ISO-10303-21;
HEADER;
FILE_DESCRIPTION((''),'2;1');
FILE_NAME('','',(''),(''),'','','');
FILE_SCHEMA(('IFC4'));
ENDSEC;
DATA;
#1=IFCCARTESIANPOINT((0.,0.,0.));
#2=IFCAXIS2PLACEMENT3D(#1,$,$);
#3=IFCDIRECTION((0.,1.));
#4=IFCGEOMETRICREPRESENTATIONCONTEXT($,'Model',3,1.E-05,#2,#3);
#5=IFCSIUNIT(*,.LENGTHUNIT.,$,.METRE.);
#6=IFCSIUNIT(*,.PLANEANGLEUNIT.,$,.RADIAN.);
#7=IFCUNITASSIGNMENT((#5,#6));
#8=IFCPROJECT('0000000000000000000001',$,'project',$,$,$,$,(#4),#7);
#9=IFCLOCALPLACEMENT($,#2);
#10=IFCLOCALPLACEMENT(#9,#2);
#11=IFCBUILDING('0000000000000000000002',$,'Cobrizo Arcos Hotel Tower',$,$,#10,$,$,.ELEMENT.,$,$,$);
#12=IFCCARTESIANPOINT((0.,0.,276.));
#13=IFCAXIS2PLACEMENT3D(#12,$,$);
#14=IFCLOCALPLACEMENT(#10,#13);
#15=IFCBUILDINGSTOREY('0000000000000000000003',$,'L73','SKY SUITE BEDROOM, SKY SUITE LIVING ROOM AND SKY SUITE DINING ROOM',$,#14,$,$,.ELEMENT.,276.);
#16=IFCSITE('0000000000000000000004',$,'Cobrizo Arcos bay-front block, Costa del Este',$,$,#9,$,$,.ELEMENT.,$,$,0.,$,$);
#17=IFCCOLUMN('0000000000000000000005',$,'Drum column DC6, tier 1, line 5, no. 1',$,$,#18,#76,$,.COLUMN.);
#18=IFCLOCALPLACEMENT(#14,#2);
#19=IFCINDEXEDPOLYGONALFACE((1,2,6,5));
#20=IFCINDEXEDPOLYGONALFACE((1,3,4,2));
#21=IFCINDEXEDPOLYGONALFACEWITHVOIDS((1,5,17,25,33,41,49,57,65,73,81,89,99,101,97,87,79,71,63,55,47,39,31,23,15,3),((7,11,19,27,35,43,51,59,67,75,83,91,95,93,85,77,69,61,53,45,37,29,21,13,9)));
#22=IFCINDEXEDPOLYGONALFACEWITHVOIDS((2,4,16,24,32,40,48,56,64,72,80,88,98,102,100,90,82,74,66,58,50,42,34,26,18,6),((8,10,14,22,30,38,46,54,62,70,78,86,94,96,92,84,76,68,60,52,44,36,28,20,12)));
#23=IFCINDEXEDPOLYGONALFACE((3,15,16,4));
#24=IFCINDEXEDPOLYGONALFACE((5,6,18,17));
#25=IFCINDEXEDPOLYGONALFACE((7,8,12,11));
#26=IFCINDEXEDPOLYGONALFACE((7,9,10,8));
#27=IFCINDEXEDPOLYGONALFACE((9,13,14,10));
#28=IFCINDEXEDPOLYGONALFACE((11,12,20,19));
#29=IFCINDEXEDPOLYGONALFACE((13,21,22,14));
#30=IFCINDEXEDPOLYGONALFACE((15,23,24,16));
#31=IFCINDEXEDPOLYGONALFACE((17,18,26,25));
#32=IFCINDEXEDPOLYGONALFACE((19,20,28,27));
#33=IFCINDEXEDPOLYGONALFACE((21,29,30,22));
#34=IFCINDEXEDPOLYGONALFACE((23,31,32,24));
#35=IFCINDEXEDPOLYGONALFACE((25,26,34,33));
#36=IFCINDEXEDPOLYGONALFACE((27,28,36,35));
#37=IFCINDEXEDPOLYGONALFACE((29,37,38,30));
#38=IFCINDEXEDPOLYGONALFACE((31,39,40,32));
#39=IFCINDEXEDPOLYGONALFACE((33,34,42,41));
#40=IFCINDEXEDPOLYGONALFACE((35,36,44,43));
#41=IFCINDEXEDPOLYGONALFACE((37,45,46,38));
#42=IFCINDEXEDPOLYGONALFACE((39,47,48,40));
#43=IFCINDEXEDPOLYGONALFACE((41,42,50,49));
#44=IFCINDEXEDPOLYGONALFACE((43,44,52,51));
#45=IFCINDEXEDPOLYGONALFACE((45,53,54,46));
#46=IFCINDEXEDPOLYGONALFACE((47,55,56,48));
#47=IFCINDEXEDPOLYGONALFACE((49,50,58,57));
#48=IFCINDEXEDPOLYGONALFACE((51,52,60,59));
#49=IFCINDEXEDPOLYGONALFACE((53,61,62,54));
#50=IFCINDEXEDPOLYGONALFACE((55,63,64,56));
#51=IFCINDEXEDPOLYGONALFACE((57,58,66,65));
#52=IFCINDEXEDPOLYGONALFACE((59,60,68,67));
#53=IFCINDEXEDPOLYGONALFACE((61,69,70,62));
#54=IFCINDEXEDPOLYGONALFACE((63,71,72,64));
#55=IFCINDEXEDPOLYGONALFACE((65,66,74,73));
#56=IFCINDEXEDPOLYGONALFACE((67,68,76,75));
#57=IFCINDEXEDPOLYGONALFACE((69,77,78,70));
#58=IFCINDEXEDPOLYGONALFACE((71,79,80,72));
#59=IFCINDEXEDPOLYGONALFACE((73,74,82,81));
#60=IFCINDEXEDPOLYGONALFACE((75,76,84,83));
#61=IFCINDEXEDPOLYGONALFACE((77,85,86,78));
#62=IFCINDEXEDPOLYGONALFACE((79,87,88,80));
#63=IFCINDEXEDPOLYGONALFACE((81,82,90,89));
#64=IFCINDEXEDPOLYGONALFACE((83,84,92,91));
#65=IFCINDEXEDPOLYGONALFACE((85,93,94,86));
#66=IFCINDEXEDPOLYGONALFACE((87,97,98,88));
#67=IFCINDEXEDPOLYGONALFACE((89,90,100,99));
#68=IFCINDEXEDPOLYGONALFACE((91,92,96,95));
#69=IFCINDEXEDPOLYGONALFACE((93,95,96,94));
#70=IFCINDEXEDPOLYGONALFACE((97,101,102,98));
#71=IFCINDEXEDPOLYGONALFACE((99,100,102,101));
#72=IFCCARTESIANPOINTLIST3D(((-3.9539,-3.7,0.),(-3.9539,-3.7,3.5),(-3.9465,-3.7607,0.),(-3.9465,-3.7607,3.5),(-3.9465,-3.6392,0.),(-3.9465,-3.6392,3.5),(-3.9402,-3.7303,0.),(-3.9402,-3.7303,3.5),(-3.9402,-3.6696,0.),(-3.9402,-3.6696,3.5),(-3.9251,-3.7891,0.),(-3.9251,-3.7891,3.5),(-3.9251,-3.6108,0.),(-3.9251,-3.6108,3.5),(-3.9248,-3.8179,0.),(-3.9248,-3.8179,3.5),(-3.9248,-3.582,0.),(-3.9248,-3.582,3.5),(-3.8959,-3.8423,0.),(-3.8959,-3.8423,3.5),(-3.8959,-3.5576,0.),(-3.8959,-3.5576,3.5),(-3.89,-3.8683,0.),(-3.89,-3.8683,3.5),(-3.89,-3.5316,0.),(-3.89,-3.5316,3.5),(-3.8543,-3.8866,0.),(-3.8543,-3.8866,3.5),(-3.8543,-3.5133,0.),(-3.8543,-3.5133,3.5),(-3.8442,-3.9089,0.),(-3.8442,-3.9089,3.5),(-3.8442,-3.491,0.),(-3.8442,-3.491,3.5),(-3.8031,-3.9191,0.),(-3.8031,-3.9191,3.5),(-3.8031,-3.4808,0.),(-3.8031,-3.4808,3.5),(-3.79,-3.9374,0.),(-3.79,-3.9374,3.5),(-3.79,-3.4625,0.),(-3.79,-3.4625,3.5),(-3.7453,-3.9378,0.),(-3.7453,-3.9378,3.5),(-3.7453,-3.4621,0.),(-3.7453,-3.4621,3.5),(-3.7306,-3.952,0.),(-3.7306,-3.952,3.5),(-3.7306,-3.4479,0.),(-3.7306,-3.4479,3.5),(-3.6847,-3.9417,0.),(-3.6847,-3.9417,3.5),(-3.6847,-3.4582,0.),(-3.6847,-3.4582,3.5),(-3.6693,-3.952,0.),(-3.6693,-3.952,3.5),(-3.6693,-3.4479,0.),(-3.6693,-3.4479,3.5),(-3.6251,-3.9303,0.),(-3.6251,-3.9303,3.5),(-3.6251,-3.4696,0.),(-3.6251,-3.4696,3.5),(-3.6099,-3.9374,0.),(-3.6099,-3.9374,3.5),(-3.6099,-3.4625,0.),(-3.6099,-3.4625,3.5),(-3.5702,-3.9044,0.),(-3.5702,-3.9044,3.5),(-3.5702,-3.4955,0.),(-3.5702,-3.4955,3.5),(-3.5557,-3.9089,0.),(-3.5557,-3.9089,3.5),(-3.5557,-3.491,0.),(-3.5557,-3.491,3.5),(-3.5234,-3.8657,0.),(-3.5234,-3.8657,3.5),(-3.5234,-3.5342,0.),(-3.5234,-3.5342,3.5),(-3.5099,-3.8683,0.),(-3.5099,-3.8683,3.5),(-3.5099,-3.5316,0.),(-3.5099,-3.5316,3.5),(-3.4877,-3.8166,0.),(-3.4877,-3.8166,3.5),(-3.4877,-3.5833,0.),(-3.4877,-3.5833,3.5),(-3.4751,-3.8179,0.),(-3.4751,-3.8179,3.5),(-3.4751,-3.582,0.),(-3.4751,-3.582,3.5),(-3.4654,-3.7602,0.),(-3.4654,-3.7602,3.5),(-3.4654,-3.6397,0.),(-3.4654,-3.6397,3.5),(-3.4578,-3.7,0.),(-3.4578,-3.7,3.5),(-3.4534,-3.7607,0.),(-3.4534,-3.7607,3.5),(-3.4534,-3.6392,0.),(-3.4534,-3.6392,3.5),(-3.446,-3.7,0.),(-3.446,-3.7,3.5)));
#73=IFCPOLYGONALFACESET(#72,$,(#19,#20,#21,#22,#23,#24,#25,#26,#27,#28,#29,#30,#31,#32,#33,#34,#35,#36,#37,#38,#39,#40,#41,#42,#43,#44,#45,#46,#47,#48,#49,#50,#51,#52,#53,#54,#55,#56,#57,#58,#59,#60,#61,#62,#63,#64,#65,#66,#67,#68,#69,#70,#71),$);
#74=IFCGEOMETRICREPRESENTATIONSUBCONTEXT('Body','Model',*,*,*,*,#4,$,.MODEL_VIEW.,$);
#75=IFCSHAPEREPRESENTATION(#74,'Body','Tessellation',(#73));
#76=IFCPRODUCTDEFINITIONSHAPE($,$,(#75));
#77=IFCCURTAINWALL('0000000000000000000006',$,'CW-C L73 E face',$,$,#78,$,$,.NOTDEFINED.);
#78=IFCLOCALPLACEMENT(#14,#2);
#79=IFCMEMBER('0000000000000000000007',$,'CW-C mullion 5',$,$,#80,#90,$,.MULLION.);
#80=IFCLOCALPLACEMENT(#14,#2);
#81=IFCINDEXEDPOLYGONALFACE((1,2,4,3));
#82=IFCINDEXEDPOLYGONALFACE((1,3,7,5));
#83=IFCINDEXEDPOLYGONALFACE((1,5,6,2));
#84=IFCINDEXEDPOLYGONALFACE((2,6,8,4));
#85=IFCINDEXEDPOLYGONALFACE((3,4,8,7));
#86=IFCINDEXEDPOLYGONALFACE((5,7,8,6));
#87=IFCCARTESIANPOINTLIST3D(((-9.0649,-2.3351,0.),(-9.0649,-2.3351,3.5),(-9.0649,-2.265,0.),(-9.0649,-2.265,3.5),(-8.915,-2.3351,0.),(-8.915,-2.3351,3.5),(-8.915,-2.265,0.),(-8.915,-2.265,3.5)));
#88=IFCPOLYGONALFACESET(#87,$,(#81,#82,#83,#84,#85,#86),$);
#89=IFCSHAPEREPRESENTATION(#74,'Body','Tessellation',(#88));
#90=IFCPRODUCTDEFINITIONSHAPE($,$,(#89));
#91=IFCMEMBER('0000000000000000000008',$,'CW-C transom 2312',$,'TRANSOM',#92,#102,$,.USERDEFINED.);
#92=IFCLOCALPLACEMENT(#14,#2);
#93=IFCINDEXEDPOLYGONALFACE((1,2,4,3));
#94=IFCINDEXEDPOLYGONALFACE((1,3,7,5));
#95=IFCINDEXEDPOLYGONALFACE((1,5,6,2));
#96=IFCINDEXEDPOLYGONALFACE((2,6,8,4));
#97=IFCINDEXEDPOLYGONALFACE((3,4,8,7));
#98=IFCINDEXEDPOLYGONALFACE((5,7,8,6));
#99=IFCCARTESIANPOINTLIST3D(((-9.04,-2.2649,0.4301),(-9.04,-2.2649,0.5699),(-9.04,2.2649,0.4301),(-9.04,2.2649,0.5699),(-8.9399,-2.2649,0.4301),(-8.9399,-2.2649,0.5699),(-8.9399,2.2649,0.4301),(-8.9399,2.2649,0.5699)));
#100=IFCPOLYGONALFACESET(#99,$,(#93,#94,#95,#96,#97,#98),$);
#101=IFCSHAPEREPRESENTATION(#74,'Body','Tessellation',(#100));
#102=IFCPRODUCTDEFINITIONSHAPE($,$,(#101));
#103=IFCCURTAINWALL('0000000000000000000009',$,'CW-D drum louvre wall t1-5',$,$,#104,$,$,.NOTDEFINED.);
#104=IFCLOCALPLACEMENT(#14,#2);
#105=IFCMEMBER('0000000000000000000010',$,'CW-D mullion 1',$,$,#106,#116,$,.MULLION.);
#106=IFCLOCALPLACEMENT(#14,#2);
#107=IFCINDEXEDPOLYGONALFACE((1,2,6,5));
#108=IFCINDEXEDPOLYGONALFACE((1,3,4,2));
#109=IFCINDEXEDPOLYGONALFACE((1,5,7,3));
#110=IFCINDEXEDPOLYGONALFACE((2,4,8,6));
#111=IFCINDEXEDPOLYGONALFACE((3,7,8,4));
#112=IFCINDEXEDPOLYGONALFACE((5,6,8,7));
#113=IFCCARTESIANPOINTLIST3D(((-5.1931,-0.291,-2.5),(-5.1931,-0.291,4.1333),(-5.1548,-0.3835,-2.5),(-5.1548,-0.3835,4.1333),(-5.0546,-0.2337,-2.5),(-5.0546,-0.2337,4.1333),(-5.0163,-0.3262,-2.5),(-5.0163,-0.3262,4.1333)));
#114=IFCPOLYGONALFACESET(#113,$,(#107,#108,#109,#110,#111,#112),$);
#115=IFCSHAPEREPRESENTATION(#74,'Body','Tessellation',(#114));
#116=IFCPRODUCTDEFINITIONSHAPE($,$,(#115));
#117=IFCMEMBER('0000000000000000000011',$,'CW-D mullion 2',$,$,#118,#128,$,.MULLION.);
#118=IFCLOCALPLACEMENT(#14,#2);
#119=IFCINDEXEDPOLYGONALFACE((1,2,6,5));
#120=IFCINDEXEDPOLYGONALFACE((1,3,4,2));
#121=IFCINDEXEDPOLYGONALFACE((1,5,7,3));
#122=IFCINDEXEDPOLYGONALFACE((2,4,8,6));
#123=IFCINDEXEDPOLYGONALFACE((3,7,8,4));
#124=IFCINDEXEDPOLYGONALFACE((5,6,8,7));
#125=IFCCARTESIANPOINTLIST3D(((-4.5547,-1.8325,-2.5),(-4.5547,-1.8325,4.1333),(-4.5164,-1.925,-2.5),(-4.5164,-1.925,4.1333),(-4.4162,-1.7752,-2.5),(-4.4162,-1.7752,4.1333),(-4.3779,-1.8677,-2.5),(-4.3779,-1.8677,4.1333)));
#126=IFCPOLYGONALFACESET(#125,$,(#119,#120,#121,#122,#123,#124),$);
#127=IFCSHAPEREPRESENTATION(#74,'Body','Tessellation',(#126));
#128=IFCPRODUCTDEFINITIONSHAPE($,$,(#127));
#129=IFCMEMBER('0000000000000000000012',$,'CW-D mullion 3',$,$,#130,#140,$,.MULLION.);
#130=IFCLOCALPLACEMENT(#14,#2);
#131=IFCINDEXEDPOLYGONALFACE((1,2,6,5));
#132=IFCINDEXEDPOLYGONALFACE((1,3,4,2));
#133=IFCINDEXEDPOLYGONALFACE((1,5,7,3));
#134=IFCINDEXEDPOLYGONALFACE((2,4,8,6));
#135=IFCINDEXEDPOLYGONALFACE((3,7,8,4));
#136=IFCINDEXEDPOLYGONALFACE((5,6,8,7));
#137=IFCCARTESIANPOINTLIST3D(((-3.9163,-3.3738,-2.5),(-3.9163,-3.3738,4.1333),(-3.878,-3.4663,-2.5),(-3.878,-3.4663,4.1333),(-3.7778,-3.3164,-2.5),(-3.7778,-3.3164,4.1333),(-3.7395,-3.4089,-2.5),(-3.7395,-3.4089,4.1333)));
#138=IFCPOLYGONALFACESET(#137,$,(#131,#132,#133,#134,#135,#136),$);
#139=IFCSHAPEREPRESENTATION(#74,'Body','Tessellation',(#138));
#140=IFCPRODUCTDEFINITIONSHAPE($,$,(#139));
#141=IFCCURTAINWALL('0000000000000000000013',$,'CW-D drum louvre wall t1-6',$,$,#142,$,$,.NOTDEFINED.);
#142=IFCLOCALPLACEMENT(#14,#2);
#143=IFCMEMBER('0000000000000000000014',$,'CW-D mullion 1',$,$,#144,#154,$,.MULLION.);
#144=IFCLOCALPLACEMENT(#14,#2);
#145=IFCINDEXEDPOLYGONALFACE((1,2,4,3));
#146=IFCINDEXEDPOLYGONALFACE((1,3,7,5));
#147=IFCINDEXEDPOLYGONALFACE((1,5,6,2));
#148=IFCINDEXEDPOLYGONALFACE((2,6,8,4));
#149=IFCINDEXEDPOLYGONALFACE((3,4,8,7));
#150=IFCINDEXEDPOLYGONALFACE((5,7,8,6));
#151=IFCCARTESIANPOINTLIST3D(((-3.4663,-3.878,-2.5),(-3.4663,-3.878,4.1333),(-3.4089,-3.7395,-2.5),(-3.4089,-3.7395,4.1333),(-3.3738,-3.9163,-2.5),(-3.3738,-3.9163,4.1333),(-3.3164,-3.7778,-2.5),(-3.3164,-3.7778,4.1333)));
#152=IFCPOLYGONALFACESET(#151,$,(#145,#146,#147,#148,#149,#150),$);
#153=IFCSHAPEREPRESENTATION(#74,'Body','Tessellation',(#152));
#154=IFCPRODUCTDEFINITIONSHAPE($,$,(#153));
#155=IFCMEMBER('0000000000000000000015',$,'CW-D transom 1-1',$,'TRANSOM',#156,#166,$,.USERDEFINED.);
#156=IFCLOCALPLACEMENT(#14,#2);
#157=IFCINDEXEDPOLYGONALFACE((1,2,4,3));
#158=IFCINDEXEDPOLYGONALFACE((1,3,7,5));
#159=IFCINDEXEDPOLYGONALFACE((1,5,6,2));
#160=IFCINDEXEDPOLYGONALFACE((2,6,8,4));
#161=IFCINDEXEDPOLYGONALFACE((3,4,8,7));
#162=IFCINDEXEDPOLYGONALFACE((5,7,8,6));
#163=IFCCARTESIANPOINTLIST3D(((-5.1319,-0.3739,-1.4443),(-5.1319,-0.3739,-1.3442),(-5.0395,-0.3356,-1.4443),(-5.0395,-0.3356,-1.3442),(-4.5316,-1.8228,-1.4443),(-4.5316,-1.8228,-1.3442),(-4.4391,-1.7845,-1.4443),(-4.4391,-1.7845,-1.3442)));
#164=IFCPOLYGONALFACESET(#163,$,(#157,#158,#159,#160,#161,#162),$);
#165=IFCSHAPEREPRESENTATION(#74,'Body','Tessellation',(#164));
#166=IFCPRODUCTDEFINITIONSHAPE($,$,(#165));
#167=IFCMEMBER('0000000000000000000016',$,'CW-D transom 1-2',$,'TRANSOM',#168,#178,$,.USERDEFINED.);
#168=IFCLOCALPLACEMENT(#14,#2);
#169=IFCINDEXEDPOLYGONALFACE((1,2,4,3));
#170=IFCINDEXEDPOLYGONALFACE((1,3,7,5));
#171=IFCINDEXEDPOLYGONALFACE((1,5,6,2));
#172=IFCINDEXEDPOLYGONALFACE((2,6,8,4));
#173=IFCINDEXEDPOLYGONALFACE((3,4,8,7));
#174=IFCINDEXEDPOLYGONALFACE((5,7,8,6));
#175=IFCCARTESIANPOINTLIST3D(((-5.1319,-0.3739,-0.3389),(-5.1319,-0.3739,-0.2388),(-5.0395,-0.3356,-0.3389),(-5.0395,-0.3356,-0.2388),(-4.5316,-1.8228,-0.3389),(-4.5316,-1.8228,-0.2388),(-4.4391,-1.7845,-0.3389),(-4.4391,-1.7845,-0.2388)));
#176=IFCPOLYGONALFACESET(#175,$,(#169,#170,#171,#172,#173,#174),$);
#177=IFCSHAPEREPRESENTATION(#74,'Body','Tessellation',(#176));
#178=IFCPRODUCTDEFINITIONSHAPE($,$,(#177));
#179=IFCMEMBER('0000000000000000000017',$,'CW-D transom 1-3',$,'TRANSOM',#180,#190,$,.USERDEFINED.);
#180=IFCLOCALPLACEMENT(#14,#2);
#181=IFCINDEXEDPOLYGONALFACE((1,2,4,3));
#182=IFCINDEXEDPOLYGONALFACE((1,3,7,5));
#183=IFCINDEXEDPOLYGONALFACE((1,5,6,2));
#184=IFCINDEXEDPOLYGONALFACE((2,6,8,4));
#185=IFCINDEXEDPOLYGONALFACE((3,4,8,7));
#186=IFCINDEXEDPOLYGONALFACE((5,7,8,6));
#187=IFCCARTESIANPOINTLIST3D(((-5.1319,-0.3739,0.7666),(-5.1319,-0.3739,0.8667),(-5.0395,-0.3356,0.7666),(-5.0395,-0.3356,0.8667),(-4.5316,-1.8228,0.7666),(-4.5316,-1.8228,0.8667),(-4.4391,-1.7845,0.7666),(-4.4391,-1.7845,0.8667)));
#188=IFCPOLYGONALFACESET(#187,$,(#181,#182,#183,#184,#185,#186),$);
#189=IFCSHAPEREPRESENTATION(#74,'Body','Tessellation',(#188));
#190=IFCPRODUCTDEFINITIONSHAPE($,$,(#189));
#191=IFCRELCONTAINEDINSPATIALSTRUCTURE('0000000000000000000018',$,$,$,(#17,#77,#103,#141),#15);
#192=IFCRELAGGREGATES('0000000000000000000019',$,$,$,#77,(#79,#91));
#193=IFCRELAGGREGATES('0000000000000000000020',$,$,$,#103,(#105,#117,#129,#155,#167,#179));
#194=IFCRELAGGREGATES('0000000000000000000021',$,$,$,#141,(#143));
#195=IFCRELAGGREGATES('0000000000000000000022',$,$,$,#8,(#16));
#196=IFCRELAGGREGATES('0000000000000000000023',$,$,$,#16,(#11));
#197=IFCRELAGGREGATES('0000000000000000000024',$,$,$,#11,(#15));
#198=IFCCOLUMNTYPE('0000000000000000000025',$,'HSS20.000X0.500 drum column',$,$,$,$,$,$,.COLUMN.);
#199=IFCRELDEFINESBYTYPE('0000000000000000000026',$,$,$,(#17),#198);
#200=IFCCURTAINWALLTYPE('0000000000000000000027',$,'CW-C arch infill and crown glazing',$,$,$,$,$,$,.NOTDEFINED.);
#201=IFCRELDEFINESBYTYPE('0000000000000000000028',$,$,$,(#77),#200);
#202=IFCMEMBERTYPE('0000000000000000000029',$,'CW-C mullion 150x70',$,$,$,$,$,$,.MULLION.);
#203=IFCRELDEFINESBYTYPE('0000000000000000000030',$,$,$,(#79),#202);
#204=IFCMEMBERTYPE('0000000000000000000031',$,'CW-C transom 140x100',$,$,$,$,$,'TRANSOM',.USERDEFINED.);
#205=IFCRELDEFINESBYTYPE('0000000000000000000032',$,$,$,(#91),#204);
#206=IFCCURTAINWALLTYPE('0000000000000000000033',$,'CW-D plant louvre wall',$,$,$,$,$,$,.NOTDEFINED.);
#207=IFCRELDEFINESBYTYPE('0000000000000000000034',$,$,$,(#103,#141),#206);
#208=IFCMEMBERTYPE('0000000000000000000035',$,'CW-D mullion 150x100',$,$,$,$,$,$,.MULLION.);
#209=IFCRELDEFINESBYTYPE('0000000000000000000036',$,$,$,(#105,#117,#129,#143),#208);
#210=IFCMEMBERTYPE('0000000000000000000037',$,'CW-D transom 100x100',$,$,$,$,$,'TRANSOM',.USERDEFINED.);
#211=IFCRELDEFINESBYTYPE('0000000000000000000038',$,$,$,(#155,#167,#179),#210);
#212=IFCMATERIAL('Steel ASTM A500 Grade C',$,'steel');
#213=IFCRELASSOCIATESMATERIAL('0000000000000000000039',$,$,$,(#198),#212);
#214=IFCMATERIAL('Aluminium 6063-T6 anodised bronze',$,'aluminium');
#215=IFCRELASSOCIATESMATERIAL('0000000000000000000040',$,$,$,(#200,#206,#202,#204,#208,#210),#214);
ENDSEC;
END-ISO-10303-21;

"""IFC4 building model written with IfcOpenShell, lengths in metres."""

from ifc_helpers import new_model, si_unit, direction, frame, origin, origin_2d, place, context, subcontext, project, spatial, rectangle, hollow_circle, extrude, material, material_profile, profile_set, type_object, element, aggregate, save


model = new_model("IFC4")

# Units and contexts
model_context = context("Model", 3, precision=1e-05, world=origin(), true_north=direction((0.0, 1.0)))
body_context = subcontext(model_context, "Body", "Model", "MODEL_VIEW")
ifc_project = project(units=[si_unit("LENGTHUNIT", "METRE"), si_unit("PLANEANGLEUNIT", "RADIAN")], contexts=[model_context])

# Site, building, storey
site_placement = place(None, origin())
site = spatial("IfcSite", under=ifc_project, at=site_placement, Name="Cobrizo Arcos bay-front block, Costa del Este", CompositionType="ELEMENT", RefElevation=0.0)
building_placement = place(site_placement, origin())
building = spatial("IfcBuilding", under=site, at=building_placement, Name="Cobrizo Arcos Hotel Tower", CompositionType="ELEMENT")
storey_placement = place(building_placement, frame((0.0, 0.0, 276.0)))
storey = spatial("IfcBuildingStorey", under=building, at=storey_placement, Name="L73", Description="SKY SUITE BEDROOM, SKY SUITE LIVING ROOM AND SKY SUITE DINING ROOM", CompositionType="ELEMENT", Elevation=276.0)

# Column
ifc_material_1 = material(Name="Steel ASTM A500 Grade C", Category="steel")
ifc_material_profile_1 = material_profile(ifc_material_1, hollow_circle(Radius=0.2539, WallThickness=0.0117, at=origin_2d()), Name="HSS20.000X0.500")
ifc_profile_set_1 = profile_set([ifc_material_profile_1], Name="Steel ASTM A500 Grade C")
column_type = type_object("IfcColumnType", Name="HSS20.000X0.500 drum column", PredefinedType="COLUMN", material=ifc_profile_set_1)
column_placement = place(storey_placement, frame((-3.7, -3.7, 0.0), z_axis=(0.0, 0.0, 1.0), x_axis=(1.0, 0.0, 0.0)))
element("IfcColumn", 1, at=column_placement, inside=storey, type_object=column_type, Name="Drum column DC6, tier 1, line 5, no. 1", PredefinedType="COLUMN", context=body_context, shape_type="SweptSolid", body=[
    extrude(hollow_circle(Radius=0.2539, WallThickness=0.0117, at=origin_2d()), origin(), (0.0, 0.0, 1.0), 3.5),
])

# Curtain walls, members
ifc_material_2 = material(Name="Aluminium 6063-T6 anodised bronze", Category="aluminium")
curtain_wall_type_1 = type_object("IfcCurtainWallType", Name="CW-C arch infill and crown glazing", PredefinedType="NOTDEFINED", material=ifc_material_2)
curtain_wall_1_placement = place(storey_placement, origin())
curtain_wall_1 = element("IfcCurtainWall", 2, at=curtain_wall_1_placement, inside=storey, type_object=curtain_wall_type_1, Name="CW-C L73 E face", PredefinedType="NOTDEFINED")
ifc_material_profile_2 = material_profile(ifc_material_2, rectangle(XDim=0.1499, YDim=0.0701, at=origin_2d()), Name="CW-C mullion 150x70")
ifc_profile_set_2 = profile_set([ifc_material_profile_2], Name="Aluminium 6063-T6 anodised bronze")
member_type_1 = type_object("IfcMemberType", Name="CW-C mullion 150x70", PredefinedType="MULLION", material=ifc_profile_set_2)
member_1_placement = place(storey_placement, frame((-8.99, -2.3, 0.0), z_axis=(0.0, 0.0, 1.0), x_axis=(1.0, 0.0, 0.0)))
member_1 = element("IfcMember", 3, at=member_1_placement, type_object=member_type_1, Name="CW-C mullion 5", PredefinedType="MULLION", context=body_context, shape_type="SweptSolid", body=[
    extrude(rectangle(XDim=0.1499, YDim=0.0701, at=origin_2d()), origin(), (0.0, 0.0, 1.0), 3.5),
])
ifc_material_profile_3 = material_profile(ifc_material_2, rectangle(XDim=0.1001, YDim=0.1399, at=origin_2d()), Name="CW-C transom 140x100")
ifc_profile_set_3 = profile_set([ifc_material_profile_3], Name="Aluminium 6063-T6 anodised bronze")
member_type_2 = type_object("IfcMemberType", Name="CW-C transom 140x100", ElementType="TRANSOM", PredefinedType="USERDEFINED", material=ifc_profile_set_3)
member_2_placement = place(storey_placement, frame((-8.99, -2.2649, 0.5), z_axis=(0.0, 1.0, 0.0), x_axis=(-1.0, 0.0, 0.0)))
member_2 = element("IfcMember", 4, at=member_2_placement, type_object=member_type_2, Name="CW-C transom 2312", ObjectType="TRANSOM", PredefinedType="USERDEFINED", context=body_context, shape_type="SweptSolid", body=[
    extrude(rectangle(XDim=0.1001, YDim=0.1399, at=origin_2d()), origin(), (0.0, 0.0, 1.0), 4.5298),
])
aggregate(curtain_wall_1, [member_1, member_2])
curtain_wall_type_2 = type_object("IfcCurtainWallType", Name="CW-D plant louvre wall", PredefinedType="NOTDEFINED", material=ifc_material_2)
curtain_wall_2_placement = place(storey_placement, origin())
curtain_wall_2 = element("IfcCurtainWall", 5, at=curtain_wall_2_placement, inside=storey, type_object=curtain_wall_type_2, Name="CW-D drum louvre wall t1-5", PredefinedType="NOTDEFINED")
ifc_material_profile_4 = material_profile(ifc_material_2, rectangle(XDim=0.1499, YDim=0.1001, at=origin_2d()), Name="CW-D mullion 150x100")
ifc_profile_set_4 = profile_set([ifc_material_profile_4], Name="Aluminium 6063-T6 anodised bronze")
member_type_3 = type_object("IfcMemberType", Name="CW-D mullion 150x100", PredefinedType="MULLION", material=ifc_profile_set_4)
member_3_placement = place(storey_placement, frame((-5.1047, -0.3086, -2.5), z_axis=(0.0, 0.0, 1.0), x_axis=(-0.92388, -0.382683, 0.0)))
member_3 = element("IfcMember", 6, at=member_3_placement, type_object=member_type_3, Name="CW-D mullion 1", PredefinedType="MULLION", context=body_context, shape_type="SweptSolid", body=[
    extrude(rectangle(XDim=0.1499, YDim=0.1001, at=origin_2d()), origin(), (0.0, 0.0, 1.0), 6.6333),
])
member_4_placement = place(storey_placement, frame((-4.4663, -1.8501, -2.5), z_axis=(0.0, 0.0, 1.0), x_axis=(-0.92388, -0.382683, 0.0)))
member_4 = element("IfcMember", 7, at=member_4_placement, type_object=member_type_3, Name="CW-D mullion 2", PredefinedType="MULLION", context=body_context, shape_type="SweptSolid", body=[
    extrude(rectangle(XDim=0.1499, YDim=0.1001, at=origin_2d()), origin(), (0.0, 0.0, 1.0), 6.6333),
])
member_5_placement = place(storey_placement, frame((-3.8279, -3.3914, -2.5), z_axis=(0.0, 0.0, 1.0), x_axis=(-0.92388, -0.382683, 0.0)))
member_5 = element("IfcMember", 8, at=member_5_placement, type_object=member_type_3, Name="CW-D mullion 3", PredefinedType="MULLION", context=body_context, shape_type="SweptSolid", body=[
    extrude(rectangle(XDim=0.1499, YDim=0.1001, at=origin_2d()), origin(), (0.0, 0.0, 1.0), 6.6333),
])

# Curtain wall, member
curtain_wall_3_placement = place(storey_placement, origin())
curtain_wall_3 = element("IfcCurtainWall", 9, at=curtain_wall_3_placement, inside=storey, type_object=curtain_wall_type_2, Name="CW-D drum louvre wall t1-6", PredefinedType="NOTDEFINED")
member_6_placement = place(storey_placement, frame((-3.3914, -3.8279, -2.5), z_axis=(0.0, 0.0, 1.0), x_axis=(-0.382683, -0.92388, 0.0)))
member_6 = element("IfcMember", 10, at=member_6_placement, type_object=member_type_3, Name="CW-D mullion 1", PredefinedType="MULLION", context=body_context, shape_type="SweptSolid", body=[
    extrude(rectangle(XDim=0.1499, YDim=0.1001, at=origin_2d()), origin(), (0.0, 0.0, 1.0), 6.6333),
])

# Members
ifc_material_profile_5 = material_profile(ifc_material_2, rectangle(XDim=0.1001, YDim=0.1001, at=origin_2d()), Name="CW-D transom 100x100")
ifc_profile_set_5 = profile_set([ifc_material_profile_5], Name="Aluminium 6063-T6 anodised bronze")
member_type_4 = type_object("IfcMemberType", Name="CW-D transom 100x100", ElementType="TRANSOM", PredefinedType="USERDEFINED", material=ifc_profile_set_5)
member_7_placement = place(storey_placement, frame((-5.0857, -0.3547, -1.3943), z_axis=(0.382769, -0.923844, 0.0), x_axis=(0.923844, 0.382769, 0.0)))
member_7 = element("IfcMember", 11, at=member_7_placement, type_object=member_type_4, Name="CW-D transom 1-1", ObjectType="TRANSOM", PredefinedType="USERDEFINED", context=body_context, shape_type="SweptSolid", body=[
    extrude(rectangle(XDim=0.1001, YDim=0.1001, at=origin_2d()), origin(), (0.0, 0.0, 1.0), 1.5684),
])
member_8_placement = place(storey_placement, frame((-5.0857, -0.3547, -0.2888), z_axis=(0.382769, -0.923844, 0.0), x_axis=(0.923844, 0.382769, 0.0)))
member_8 = element("IfcMember", 12, at=member_8_placement, type_object=member_type_4, Name="CW-D transom 1-2", ObjectType="TRANSOM", PredefinedType="USERDEFINED", context=body_context, shape_type="SweptSolid", body=[
    extrude(rectangle(XDim=0.1001, YDim=0.1001, at=origin_2d()), origin(), (0.0, 0.0, 1.0), 1.5684),
])
member_9_placement = place(storey_placement, frame((-5.0857, -0.3547, 0.8167), z_axis=(0.382769, -0.923844, 0.0), x_axis=(0.923844, 0.382769, 0.0)))
member_9 = element("IfcMember", 13, at=member_9_placement, type_object=member_type_4, Name="CW-D transom 1-3", ObjectType="TRANSOM", PredefinedType="USERDEFINED", context=body_context, shape_type="SweptSolid", body=[
    extrude(rectangle(XDim=0.1001, YDim=0.1001, at=origin_2d()), origin(), (0.0, 0.0, 1.0), 1.5684),
])

aggregate(curtain_wall_2, [member_3, member_4, member_5, member_7, member_8, member_9])
aggregate(curtain_wall_3, [member_6])

save(model, "model.ifc")
